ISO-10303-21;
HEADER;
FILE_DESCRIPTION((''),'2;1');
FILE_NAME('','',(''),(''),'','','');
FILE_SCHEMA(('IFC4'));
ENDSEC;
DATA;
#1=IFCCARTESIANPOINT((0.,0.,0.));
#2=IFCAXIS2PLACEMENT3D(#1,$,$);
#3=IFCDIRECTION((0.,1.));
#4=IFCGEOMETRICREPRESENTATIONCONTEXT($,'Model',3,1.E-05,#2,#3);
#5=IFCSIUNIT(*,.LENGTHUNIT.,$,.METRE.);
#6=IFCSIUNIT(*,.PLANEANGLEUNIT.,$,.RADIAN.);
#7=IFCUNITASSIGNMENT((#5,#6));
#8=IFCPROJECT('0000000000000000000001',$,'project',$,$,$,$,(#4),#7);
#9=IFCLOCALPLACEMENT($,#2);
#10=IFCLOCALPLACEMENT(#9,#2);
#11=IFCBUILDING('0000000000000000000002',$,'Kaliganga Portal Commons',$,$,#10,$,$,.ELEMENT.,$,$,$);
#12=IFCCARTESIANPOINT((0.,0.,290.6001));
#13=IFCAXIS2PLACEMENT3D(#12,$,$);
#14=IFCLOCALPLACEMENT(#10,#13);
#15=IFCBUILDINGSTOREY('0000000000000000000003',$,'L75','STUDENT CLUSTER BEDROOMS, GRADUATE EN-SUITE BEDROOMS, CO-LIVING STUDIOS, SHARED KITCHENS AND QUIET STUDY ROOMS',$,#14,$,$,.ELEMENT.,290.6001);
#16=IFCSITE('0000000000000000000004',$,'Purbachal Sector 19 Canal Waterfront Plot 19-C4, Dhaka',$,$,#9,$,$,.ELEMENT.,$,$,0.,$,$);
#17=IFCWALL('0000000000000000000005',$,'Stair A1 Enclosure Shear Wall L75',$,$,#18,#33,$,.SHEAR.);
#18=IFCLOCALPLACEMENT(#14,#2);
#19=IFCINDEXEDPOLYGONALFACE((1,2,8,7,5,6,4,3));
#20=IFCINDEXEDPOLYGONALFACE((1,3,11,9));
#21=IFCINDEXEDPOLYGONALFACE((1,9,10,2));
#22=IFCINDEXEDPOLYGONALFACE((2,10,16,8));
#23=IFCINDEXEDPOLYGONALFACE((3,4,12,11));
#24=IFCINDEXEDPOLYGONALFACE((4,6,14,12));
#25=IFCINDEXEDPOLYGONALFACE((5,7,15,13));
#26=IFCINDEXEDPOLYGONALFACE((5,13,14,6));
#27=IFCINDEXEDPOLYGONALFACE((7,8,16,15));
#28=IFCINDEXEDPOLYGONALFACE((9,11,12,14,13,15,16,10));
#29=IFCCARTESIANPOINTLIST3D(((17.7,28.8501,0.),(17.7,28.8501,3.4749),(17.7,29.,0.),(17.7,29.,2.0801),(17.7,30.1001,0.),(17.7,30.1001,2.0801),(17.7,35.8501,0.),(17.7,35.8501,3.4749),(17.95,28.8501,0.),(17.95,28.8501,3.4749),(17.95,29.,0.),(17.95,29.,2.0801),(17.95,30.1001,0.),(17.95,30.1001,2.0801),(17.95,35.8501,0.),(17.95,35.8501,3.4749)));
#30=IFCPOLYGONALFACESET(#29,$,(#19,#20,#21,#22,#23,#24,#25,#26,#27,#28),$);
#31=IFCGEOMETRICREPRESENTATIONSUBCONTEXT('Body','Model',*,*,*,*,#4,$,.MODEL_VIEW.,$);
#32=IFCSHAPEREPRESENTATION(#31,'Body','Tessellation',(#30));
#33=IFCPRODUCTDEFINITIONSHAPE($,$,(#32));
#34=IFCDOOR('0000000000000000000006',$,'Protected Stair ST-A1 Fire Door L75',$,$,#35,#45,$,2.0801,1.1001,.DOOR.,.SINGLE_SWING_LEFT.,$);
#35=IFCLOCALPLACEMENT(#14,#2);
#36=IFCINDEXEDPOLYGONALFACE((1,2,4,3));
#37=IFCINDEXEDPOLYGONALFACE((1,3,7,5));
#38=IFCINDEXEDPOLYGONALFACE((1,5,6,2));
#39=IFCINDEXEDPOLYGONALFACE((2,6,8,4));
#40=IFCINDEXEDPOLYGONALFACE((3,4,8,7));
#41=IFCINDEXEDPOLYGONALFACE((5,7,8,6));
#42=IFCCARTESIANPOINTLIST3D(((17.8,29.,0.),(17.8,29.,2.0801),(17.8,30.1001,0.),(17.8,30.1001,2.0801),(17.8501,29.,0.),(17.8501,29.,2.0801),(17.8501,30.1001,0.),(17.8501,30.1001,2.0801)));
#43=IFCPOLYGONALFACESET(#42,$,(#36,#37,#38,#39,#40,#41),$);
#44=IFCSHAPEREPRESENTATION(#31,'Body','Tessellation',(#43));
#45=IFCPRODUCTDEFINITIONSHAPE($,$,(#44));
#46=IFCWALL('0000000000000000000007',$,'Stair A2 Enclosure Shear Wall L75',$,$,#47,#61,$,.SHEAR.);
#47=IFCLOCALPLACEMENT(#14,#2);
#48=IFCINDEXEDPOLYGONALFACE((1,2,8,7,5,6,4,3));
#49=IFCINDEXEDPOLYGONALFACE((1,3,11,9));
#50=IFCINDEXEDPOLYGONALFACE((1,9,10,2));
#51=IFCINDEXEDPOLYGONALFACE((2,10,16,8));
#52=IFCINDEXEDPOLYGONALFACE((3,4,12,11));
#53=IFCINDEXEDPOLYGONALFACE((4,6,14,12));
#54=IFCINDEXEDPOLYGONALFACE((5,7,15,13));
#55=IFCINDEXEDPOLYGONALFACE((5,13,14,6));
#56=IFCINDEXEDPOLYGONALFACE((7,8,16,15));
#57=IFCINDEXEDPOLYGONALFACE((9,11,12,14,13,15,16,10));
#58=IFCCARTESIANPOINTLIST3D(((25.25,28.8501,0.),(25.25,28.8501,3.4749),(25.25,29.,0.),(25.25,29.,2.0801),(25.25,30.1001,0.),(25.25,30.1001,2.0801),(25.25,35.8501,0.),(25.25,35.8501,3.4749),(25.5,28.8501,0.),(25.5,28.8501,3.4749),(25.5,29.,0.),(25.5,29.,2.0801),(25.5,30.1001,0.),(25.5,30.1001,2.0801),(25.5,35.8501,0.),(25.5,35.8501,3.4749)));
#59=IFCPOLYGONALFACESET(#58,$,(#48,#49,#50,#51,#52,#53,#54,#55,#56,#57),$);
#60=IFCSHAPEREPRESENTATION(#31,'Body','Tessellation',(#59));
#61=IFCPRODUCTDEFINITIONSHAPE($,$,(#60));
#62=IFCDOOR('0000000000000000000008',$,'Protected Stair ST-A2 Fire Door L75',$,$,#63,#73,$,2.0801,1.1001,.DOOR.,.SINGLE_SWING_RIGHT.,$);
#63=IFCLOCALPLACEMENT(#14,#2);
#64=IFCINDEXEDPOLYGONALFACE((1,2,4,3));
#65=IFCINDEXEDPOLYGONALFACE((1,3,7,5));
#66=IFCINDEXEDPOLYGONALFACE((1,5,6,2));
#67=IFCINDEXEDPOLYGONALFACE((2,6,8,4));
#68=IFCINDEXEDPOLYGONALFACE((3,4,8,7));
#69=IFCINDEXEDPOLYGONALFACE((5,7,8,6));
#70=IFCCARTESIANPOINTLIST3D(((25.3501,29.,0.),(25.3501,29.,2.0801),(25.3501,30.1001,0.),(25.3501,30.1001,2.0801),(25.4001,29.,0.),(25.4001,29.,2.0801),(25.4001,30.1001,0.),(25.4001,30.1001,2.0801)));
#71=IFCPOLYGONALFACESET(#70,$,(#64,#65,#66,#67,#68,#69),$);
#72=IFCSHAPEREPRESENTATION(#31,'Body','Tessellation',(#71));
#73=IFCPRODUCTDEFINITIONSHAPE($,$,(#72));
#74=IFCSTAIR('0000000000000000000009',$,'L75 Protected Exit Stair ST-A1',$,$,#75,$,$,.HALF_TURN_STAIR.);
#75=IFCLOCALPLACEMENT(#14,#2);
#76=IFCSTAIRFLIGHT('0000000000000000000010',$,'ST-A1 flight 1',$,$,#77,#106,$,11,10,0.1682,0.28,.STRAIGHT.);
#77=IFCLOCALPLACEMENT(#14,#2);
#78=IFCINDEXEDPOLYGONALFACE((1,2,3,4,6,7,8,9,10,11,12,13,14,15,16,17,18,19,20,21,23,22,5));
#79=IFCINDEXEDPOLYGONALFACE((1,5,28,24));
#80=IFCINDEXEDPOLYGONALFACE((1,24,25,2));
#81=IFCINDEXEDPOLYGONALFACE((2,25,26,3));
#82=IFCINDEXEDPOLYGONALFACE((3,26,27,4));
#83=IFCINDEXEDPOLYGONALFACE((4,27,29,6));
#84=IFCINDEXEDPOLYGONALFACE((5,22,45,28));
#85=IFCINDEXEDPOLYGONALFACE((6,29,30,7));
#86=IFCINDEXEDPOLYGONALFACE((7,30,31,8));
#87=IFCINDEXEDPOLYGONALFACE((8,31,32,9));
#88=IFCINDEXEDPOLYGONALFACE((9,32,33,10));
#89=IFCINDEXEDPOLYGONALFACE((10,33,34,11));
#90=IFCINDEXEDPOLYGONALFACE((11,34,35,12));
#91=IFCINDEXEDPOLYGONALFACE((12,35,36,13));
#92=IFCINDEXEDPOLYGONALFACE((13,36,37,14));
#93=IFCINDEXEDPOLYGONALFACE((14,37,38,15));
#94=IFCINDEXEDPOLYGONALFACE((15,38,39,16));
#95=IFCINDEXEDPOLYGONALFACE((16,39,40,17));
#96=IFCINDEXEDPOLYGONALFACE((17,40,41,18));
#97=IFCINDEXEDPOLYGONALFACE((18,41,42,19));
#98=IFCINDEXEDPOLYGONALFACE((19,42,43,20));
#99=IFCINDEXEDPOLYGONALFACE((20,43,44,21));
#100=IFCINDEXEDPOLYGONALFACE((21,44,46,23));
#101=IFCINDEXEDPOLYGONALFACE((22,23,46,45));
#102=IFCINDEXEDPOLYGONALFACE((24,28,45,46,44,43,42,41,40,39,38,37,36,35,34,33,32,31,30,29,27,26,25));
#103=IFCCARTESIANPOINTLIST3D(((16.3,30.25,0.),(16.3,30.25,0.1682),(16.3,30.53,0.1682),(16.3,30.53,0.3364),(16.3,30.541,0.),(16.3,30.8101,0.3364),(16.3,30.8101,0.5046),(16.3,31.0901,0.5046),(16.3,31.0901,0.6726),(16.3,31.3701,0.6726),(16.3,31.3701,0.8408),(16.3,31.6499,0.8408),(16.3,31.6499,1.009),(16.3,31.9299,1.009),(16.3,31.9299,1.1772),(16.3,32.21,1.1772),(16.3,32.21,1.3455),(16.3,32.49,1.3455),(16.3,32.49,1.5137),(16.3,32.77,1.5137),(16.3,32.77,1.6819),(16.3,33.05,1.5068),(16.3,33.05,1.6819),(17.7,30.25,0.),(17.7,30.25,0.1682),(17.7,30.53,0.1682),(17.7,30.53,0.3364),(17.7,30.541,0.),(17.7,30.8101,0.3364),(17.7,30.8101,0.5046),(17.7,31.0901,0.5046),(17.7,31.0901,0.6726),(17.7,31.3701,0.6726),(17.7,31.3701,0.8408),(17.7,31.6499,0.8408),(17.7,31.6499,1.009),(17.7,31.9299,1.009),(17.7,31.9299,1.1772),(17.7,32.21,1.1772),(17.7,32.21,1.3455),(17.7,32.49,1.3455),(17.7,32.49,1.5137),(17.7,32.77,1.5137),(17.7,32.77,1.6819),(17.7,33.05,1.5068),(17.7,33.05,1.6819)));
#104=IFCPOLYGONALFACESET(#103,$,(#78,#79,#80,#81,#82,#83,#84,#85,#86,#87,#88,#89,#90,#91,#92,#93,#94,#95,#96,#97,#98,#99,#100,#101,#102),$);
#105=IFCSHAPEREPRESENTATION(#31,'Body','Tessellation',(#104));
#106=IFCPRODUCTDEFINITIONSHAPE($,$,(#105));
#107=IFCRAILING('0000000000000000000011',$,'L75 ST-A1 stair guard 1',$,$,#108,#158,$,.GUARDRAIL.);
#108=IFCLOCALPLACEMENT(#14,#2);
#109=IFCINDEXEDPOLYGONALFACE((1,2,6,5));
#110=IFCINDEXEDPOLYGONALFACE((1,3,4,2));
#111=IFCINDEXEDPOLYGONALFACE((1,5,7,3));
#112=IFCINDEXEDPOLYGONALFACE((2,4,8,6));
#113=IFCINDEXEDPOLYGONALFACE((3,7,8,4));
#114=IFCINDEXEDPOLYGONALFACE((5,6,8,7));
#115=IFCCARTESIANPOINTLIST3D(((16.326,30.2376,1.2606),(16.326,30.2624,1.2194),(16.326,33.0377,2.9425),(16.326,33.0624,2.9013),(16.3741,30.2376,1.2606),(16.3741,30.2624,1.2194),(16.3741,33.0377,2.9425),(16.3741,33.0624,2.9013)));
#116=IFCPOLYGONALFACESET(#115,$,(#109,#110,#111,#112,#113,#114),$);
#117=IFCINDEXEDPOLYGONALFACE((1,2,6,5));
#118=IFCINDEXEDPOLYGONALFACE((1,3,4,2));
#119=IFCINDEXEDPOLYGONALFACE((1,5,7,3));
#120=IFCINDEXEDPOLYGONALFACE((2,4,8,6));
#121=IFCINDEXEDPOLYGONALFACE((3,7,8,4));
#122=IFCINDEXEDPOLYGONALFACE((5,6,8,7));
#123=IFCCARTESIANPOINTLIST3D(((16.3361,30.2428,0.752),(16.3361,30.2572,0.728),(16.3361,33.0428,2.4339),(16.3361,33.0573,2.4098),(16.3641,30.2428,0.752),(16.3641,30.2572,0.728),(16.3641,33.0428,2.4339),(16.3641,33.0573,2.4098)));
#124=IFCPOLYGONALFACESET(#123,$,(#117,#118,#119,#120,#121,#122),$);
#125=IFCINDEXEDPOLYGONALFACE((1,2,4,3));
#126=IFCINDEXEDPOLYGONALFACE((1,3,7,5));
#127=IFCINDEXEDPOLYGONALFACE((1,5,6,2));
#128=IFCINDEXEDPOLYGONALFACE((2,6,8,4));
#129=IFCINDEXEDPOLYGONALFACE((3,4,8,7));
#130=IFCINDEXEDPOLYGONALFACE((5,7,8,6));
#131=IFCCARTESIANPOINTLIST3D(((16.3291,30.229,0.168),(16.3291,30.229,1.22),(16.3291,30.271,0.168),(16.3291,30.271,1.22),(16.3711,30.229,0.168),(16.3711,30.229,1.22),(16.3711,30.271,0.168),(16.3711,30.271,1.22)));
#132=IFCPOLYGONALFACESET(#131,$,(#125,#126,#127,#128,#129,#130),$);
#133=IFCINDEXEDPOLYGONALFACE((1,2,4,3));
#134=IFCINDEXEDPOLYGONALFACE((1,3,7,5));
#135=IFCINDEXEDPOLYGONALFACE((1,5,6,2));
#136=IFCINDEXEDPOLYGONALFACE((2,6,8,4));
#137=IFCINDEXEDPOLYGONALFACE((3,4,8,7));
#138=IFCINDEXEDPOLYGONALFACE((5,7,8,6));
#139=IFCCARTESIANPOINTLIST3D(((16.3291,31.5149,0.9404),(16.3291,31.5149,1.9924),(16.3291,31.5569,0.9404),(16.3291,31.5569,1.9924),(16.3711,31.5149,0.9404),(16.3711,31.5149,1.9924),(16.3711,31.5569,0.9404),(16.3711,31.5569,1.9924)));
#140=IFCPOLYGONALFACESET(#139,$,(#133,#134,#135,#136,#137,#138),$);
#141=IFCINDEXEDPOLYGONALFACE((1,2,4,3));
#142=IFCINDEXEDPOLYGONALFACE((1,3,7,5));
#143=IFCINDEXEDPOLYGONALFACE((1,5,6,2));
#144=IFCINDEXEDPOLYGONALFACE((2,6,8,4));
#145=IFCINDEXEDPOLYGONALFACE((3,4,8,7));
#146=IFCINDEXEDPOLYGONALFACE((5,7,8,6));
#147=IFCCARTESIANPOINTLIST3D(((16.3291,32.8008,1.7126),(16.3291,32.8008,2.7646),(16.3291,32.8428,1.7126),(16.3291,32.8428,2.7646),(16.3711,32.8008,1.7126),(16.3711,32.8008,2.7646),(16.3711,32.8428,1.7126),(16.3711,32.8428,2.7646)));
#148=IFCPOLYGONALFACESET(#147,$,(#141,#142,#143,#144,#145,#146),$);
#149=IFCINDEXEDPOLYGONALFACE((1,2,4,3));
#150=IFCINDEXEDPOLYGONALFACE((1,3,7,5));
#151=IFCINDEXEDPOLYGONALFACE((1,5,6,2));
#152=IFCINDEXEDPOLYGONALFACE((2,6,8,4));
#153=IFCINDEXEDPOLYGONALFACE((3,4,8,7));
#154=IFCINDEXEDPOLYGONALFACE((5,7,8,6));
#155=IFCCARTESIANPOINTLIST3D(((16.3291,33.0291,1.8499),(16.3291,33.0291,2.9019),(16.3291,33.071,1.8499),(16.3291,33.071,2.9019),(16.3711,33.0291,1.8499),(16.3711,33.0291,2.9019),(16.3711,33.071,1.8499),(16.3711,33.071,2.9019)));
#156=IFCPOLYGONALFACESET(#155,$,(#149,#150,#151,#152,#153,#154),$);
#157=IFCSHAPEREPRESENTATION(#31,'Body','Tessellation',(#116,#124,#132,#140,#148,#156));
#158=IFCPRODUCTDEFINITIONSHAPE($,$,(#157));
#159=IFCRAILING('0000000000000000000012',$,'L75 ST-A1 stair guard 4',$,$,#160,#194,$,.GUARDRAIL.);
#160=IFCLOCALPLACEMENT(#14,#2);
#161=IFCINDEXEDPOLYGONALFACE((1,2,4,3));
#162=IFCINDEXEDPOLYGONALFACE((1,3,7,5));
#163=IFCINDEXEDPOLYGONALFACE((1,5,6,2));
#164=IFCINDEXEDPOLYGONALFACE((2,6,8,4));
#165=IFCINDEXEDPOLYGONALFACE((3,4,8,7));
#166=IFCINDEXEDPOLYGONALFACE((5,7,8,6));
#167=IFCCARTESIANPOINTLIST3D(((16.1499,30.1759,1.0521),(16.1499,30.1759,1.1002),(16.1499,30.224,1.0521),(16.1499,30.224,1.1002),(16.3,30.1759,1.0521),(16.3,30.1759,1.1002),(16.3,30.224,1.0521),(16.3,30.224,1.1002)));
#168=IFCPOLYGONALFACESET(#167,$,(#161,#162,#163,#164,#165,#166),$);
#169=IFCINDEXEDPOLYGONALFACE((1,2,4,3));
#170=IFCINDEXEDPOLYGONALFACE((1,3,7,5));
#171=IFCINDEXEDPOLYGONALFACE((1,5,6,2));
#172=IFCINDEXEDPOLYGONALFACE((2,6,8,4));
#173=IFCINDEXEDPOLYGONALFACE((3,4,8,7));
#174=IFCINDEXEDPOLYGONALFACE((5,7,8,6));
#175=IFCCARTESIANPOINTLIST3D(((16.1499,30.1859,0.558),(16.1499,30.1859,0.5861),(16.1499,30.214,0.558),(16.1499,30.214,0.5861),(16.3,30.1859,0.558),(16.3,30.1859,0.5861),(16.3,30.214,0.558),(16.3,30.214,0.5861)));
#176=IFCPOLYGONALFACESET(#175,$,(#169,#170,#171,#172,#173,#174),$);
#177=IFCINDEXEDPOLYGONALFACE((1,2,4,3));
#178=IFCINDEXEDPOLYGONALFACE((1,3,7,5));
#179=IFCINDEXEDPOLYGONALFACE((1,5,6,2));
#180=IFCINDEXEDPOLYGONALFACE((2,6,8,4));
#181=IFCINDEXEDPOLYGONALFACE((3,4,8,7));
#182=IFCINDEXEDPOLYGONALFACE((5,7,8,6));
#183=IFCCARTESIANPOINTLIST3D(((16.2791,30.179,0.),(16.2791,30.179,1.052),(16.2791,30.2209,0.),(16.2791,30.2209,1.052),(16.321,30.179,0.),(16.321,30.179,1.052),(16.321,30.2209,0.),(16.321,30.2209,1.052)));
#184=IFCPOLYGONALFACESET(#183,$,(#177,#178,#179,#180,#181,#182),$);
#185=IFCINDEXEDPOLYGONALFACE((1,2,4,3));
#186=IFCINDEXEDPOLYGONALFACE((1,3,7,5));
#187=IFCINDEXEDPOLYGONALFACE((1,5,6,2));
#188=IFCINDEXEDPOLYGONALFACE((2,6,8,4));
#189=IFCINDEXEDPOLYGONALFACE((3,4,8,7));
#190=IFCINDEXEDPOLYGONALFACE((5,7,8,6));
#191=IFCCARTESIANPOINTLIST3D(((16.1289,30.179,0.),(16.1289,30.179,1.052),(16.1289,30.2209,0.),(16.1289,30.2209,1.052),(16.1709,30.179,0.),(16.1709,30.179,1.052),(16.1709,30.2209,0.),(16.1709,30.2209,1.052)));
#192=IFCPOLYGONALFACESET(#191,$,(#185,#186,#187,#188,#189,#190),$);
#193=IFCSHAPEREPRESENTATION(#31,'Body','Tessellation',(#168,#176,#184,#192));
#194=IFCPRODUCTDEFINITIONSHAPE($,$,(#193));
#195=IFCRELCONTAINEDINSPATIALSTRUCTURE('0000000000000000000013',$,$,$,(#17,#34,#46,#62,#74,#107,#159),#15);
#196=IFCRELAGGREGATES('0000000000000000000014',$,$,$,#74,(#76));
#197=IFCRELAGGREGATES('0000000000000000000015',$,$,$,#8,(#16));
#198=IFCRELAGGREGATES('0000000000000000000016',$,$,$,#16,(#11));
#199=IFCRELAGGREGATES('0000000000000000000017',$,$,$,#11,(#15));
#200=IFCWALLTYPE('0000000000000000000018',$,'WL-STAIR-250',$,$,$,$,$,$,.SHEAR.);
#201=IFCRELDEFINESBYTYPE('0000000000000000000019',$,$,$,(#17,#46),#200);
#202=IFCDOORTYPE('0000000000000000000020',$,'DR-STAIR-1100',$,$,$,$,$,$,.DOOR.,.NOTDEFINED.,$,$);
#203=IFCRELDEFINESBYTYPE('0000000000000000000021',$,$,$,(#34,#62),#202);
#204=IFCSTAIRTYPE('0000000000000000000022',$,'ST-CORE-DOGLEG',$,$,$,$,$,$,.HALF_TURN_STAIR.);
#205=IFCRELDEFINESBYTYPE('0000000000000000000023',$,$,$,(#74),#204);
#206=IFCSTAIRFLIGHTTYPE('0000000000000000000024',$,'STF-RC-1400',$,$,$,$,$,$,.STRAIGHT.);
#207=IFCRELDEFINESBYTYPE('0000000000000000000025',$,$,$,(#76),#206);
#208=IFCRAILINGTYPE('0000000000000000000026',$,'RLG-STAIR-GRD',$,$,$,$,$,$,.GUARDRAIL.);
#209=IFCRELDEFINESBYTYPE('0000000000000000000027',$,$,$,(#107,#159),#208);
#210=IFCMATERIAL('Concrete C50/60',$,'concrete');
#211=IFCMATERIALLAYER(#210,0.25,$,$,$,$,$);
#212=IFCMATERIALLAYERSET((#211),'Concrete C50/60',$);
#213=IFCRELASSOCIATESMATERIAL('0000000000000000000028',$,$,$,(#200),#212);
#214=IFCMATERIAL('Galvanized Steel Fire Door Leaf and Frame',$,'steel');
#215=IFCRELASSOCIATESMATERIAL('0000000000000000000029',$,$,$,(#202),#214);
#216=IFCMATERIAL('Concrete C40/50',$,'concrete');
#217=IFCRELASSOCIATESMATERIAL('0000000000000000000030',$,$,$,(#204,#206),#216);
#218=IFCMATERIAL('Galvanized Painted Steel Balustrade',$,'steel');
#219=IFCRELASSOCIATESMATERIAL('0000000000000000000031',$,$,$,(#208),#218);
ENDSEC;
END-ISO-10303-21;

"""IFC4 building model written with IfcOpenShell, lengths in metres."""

from ifc_helpers import new_model, si_unit, direction, frame, frame_2d, origin, origin_2d, place, context, subcontext, project, spatial, polyline, rectangle, outline, extrude, material, layer, layer_set, type_object, element, fill, aggregate, save


model = new_model("IFC4")

# Units and contexts
model_context = context("Model", 3, precision=1e-05, world=origin(), true_north=direction((0.0, 1.0)))
body_context = subcontext(model_context, "Body", "Model", "MODEL_VIEW")
ifc_project = project(units=[si_unit("LENGTHUNIT", "METRE"), si_unit("PLANEANGLEUNIT", "RADIAN")], contexts=[model_context])

# Site, building, storey
site_placement = place(None, origin())
site = spatial("IfcSite", under=ifc_project, at=site_placement, Name="Purbachal Sector 19 Canal Waterfront Plot 19-C4, Dhaka", CompositionType="ELEMENT", RefElevation=0.0)
building_placement = place(site_placement, origin())
building = spatial("IfcBuilding", under=site, at=building_placement, Name="Kaliganga Portal Commons", CompositionType="ELEMENT")
storey_placement = place(building_placement, frame((0.0, 0.0, 290.6001)))
storey = spatial("IfcBuildingStorey", under=building, at=storey_placement, Name="L75", Description="STUDENT CLUSTER BEDROOMS, GRADUATE EN-SUITE BEDROOMS, CO-LIVING STUDIOS, SHARED KITCHENS AND QUIET STUDY ROOMS", CompositionType="ELEMENT", Elevation=290.6001)

# Shared definitions
ifc_material_1 = material(Name="Concrete C50/60", Category="concrete")

# Walls, openings, doors
ifc_layer_1 = layer(ifc_material_1, 0.25)
ifc_layer_set_1 = layer_set([ifc_layer_1], Name="Concrete C50/60")
wall_type_1 = type_object("IfcWallType", Name="WL-STAIR-250", PredefinedType="SHEAR", material=ifc_layer_set_1)
wall_1_placement = place(storey_placement, frame((17.825, 28.8501, 0.0), z_axis=(0.0, 0.0, 1.0), x_axis=(0.0, 1.0, 0.0)))
wall_1 = element("IfcWall", 1, at=wall_1_placement, inside=storey, type_object=wall_type_1, Name="Stair A1 Enclosure Shear Wall L75", PredefinedType="SHEAR", context=body_context, shape_type="SweptSolid", body=[
    extrude(rectangle(XDim=7.0, YDim=0.25, at=frame_2d((3.5, 0.0))), origin(), (0.0, 0.0, 1.0), 3.4749),
])
opening_1_placement = place(wall_1_placement, frame((0.1499, 0.0, 0.0)))
opening_1 = element("IfcOpeningElement", 2, at=opening_1_placement, cuts=wall_1, PredefinedType="OPENING", context=body_context, shape_type="SweptSolid", body=[
    extrude(rectangle(XDim=1.1001, YDim=2.0801, at=frame_2d((0.55, 1.04))), frame((0.0, 0.135, 0.0), z_axis=(0.0, -1.0, 0.0), x_axis=(1.0, 0.0, 0.0)), (0.0, 0.0, 1.0), 0.27),
])
ifc_material_2 = material(Name="Galvanized Steel Fire Door Leaf and Frame", Category="steel")
door_type_1 = type_object("IfcDoorType", Name="DR-STAIR-1100", OperationType="NOTDEFINED", PredefinedType="DOOR", material=ifc_material_2)
door_1_placement = place(opening_1_placement, origin())
door_1 = element("IfcDoor", 3, at=door_1_placement, inside=storey, type_object=door_type_1, Name="Protected Stair ST-A1 Fire Door L75", OperationType="SINGLE_SWING_LEFT", OverallHeight=2.0801, OverallWidth=1.1001, PredefinedType="DOOR", context=body_context, shape_type="SweptSolid", body=[
    extrude(rectangle(XDim=1.1001, YDim=2.0801, at=frame_2d((0.55, 1.04))), frame((0.0, 0.0249, 0.0), z_axis=(0.0, -1.0, 0.0), x_axis=(1.0, 0.0, 0.0)), (0.0, 0.0, 1.0), 0.05),
])
fill(opening_1, door_1)
wall_2_placement = place(storey_placement, frame((25.375, 28.8501, 0.0), z_axis=(0.0, 0.0, 1.0), x_axis=(0.0, 1.0, 0.0)))
wall_2 = element("IfcWall", 4, at=wall_2_placement, inside=storey, type_object=wall_type_1, Name="Stair A2 Enclosure Shear Wall L75", PredefinedType="SHEAR", context=body_context, shape_type="SweptSolid", body=[
    extrude(rectangle(XDim=7.0, YDim=0.25, at=frame_2d((3.5, 0.0))), origin(), (0.0, 0.0, 1.0), 3.4749),
])
opening_2_placement = place(wall_2_placement, frame((0.1499, 0.0, 0.0)))
opening_2 = element("IfcOpeningElement", 5, at=opening_2_placement, cuts=wall_2, PredefinedType="OPENING", context=body_context, shape_type="SweptSolid", body=[
    extrude(rectangle(XDim=1.1001, YDim=2.0801, at=frame_2d((0.55, 1.04))), frame((0.0, 0.135, 0.0), z_axis=(0.0, -1.0, 0.0), x_axis=(1.0, 0.0, 0.0)), (0.0, 0.0, 1.0), 0.27),
])
door_2_placement = place(opening_2_placement, origin())
door_2 = element("IfcDoor", 6, at=door_2_placement, inside=storey, type_object=door_type_1, Name="Protected Stair ST-A2 Fire Door L75", OperationType="SINGLE_SWING_RIGHT", OverallHeight=2.0801, OverallWidth=1.1001, PredefinedType="DOOR", context=body_context, shape_type="SweptSolid", body=[
    extrude(rectangle(XDim=1.1001, YDim=2.0801, at=frame_2d((0.55, 1.04))), frame((0.0, 0.0249, 0.0), z_axis=(0.0, -1.0, 0.0), x_axis=(1.0, 0.0, 0.0)), (0.0, 0.0, 1.0), 0.05),
])
fill(opening_2, door_2)

# Stair, stair flight
ifc_material_3 = material(Name="Concrete C40/50", Category="concrete")
stair_type = type_object("IfcStairType", Name="ST-CORE-DOGLEG", PredefinedType="HALF_TURN_STAIR", material=ifc_material_3)
stair_placement = place(storey_placement, origin())
stair = element("IfcStair", 7, at=stair_placement, inside=storey, type_object=stair_type, Name="L75 Protected Exit Stair ST-A1", PredefinedType="HALF_TURN_STAIR")
stair_flight_type = type_object("IfcStairFlightType", Name="STF-RC-1400", PredefinedType="STRAIGHT", material=ifc_material_3)
stair_flight_placement = place(storey_placement, frame((17.0, 30.25, 0.0), z_axis=(0.0, 0.0, 1.0), x_axis=(0.0, 1.0, 0.0)))
stair_flight = element("IfcStairFlight", 8, at=stair_flight_placement, type_object=stair_flight_type, Name="ST-A1 flight 1", NumberOfRisers=11, NumberOfTreads=10, PredefinedType="STRAIGHT", RiserHeight=0.1682, TreadLength=0.28, context=body_context, shape_type="SweptSolid", body=[
    extrude(outline(polyline([(0.0, 0.0), (0.0, 0.1682), (0.28, 0.1682), (0.28, 0.3364), (0.5601, 0.3364), (0.5601, 0.5046), (0.8401, 0.5046), (0.8401, 0.6726), (1.1201, 0.6726), (1.1201, 0.8408), (1.3999, 0.8408), (1.3999, 1.009), (1.6799, 1.009), (1.6799, 1.1772), (1.96, 1.1772), (1.96, 1.3455), (2.24, 1.3455), (2.24, 1.5137), (2.52, 1.5137), (2.52, 1.6819), (2.8, 1.6819), (2.8, 1.8501), (2.8, 1.5068), (0.291, 0.0), (0.0, 0.0)])), frame((0.0, 0.7, 0.0), z_axis=(0.0, -1.0, 0.0), x_axis=(1.0, 0.0, 0.0)), (0.0, 0.0, 1.0), 1.3999),
])
aggregate(stair, [stair_flight])

# Railings
ifc_material_4 = material(Name="Galvanized Painted Steel Balustrade", Category="steel")
railing_type_1 = type_object("IfcRailingType", Name="RLG-STAIR-GRD", PredefinedType="GUARDRAIL", material=ifc_material_4)
railing_1_placement = place(storey_placement, frame((16.3501, 30.25, 0.168)))
element("IfcRailing", 9, at=railing_1_placement, inside=storey, type_object=railing_type_1, Name="L75 ST-A1 stair guard 1", PredefinedType="GUARDRAIL", context=body_context, shape_type="SweptSolid", body=[
    extrude(rectangle(XDim=0.0481, YDim=0.0481, at=origin_2d()), frame((0.0, 0.0, 1.072), z_axis=(0.0, 0.857242, 0.514913), x_axis=(-1.0, 0.0, 0.0)), (0.0, 0.0, 1.0), 3.2664),
    extrude(rectangle(XDim=0.0281, YDim=0.0281, at=origin_2d()), frame((0.0, 0.0, 0.572), z_axis=(0.0, 0.857242, 0.514913), x_axis=(-1.0, 0.0, 0.0)), (0.0, 0.0, 1.0), 3.2664),
    extrude(rectangle(XDim=0.042, YDim=0.042, at=origin_2d()), origin(), (0.0, 0.0, 1.0), 1.052),
    extrude(rectangle(XDim=0.042, YDim=0.042, at=origin_2d()), frame((0.0, 1.2859, 0.7725)), (0.0, 0.0, 1.0), 1.052),
    extrude(rectangle(XDim=0.042, YDim=0.042, at=origin_2d()), frame((0.0, 2.5718, 1.5447)), (0.0, 0.0, 1.0), 1.052),
    extrude(rectangle(XDim=0.042, YDim=0.042, at=origin_2d()), frame((0.0, 2.8, 1.6819)), (0.0, 0.0, 1.0), 1.052),
])
railing_2_placement = place(storey_placement, frame((16.3, 30.2, 0.0)))
element("IfcRailing", 10, at=railing_2_placement, inside=storey, type_object=railing_type_1, Name="L75 ST-A1 stair guard 4", PredefinedType="GUARDRAIL", context=body_context, shape_type="SweptSolid", body=[
    extrude(rectangle(XDim=0.0481, YDim=0.0481, at=origin_2d()), frame((0.0, 0.0, 1.0762), z_axis=(-1.0, 0.0, 0.0), x_axis=(0.0, -1.0, 0.0)), (0.0, 0.0, 1.0), 0.1501),
    extrude(rectangle(XDim=0.0281, YDim=0.0281, at=origin_2d()), frame((0.0, 0.0, 0.572), z_axis=(-1.0, 0.0, 0.0), x_axis=(0.0, -1.0, 0.0)), (0.0, 0.0, 1.0), 0.1501),
    extrude(rectangle(XDim=0.042, YDim=0.042, at=origin_2d()), origin(), (0.0, 0.0, 1.0), 1.052),
    extrude(rectangle(XDim=0.042, YDim=0.042, at=origin_2d()), frame((-0.1501, 0.0, 0.0)), (0.0, 0.0, 1.0), 1.052),
])

save(model, "model.ifc")
